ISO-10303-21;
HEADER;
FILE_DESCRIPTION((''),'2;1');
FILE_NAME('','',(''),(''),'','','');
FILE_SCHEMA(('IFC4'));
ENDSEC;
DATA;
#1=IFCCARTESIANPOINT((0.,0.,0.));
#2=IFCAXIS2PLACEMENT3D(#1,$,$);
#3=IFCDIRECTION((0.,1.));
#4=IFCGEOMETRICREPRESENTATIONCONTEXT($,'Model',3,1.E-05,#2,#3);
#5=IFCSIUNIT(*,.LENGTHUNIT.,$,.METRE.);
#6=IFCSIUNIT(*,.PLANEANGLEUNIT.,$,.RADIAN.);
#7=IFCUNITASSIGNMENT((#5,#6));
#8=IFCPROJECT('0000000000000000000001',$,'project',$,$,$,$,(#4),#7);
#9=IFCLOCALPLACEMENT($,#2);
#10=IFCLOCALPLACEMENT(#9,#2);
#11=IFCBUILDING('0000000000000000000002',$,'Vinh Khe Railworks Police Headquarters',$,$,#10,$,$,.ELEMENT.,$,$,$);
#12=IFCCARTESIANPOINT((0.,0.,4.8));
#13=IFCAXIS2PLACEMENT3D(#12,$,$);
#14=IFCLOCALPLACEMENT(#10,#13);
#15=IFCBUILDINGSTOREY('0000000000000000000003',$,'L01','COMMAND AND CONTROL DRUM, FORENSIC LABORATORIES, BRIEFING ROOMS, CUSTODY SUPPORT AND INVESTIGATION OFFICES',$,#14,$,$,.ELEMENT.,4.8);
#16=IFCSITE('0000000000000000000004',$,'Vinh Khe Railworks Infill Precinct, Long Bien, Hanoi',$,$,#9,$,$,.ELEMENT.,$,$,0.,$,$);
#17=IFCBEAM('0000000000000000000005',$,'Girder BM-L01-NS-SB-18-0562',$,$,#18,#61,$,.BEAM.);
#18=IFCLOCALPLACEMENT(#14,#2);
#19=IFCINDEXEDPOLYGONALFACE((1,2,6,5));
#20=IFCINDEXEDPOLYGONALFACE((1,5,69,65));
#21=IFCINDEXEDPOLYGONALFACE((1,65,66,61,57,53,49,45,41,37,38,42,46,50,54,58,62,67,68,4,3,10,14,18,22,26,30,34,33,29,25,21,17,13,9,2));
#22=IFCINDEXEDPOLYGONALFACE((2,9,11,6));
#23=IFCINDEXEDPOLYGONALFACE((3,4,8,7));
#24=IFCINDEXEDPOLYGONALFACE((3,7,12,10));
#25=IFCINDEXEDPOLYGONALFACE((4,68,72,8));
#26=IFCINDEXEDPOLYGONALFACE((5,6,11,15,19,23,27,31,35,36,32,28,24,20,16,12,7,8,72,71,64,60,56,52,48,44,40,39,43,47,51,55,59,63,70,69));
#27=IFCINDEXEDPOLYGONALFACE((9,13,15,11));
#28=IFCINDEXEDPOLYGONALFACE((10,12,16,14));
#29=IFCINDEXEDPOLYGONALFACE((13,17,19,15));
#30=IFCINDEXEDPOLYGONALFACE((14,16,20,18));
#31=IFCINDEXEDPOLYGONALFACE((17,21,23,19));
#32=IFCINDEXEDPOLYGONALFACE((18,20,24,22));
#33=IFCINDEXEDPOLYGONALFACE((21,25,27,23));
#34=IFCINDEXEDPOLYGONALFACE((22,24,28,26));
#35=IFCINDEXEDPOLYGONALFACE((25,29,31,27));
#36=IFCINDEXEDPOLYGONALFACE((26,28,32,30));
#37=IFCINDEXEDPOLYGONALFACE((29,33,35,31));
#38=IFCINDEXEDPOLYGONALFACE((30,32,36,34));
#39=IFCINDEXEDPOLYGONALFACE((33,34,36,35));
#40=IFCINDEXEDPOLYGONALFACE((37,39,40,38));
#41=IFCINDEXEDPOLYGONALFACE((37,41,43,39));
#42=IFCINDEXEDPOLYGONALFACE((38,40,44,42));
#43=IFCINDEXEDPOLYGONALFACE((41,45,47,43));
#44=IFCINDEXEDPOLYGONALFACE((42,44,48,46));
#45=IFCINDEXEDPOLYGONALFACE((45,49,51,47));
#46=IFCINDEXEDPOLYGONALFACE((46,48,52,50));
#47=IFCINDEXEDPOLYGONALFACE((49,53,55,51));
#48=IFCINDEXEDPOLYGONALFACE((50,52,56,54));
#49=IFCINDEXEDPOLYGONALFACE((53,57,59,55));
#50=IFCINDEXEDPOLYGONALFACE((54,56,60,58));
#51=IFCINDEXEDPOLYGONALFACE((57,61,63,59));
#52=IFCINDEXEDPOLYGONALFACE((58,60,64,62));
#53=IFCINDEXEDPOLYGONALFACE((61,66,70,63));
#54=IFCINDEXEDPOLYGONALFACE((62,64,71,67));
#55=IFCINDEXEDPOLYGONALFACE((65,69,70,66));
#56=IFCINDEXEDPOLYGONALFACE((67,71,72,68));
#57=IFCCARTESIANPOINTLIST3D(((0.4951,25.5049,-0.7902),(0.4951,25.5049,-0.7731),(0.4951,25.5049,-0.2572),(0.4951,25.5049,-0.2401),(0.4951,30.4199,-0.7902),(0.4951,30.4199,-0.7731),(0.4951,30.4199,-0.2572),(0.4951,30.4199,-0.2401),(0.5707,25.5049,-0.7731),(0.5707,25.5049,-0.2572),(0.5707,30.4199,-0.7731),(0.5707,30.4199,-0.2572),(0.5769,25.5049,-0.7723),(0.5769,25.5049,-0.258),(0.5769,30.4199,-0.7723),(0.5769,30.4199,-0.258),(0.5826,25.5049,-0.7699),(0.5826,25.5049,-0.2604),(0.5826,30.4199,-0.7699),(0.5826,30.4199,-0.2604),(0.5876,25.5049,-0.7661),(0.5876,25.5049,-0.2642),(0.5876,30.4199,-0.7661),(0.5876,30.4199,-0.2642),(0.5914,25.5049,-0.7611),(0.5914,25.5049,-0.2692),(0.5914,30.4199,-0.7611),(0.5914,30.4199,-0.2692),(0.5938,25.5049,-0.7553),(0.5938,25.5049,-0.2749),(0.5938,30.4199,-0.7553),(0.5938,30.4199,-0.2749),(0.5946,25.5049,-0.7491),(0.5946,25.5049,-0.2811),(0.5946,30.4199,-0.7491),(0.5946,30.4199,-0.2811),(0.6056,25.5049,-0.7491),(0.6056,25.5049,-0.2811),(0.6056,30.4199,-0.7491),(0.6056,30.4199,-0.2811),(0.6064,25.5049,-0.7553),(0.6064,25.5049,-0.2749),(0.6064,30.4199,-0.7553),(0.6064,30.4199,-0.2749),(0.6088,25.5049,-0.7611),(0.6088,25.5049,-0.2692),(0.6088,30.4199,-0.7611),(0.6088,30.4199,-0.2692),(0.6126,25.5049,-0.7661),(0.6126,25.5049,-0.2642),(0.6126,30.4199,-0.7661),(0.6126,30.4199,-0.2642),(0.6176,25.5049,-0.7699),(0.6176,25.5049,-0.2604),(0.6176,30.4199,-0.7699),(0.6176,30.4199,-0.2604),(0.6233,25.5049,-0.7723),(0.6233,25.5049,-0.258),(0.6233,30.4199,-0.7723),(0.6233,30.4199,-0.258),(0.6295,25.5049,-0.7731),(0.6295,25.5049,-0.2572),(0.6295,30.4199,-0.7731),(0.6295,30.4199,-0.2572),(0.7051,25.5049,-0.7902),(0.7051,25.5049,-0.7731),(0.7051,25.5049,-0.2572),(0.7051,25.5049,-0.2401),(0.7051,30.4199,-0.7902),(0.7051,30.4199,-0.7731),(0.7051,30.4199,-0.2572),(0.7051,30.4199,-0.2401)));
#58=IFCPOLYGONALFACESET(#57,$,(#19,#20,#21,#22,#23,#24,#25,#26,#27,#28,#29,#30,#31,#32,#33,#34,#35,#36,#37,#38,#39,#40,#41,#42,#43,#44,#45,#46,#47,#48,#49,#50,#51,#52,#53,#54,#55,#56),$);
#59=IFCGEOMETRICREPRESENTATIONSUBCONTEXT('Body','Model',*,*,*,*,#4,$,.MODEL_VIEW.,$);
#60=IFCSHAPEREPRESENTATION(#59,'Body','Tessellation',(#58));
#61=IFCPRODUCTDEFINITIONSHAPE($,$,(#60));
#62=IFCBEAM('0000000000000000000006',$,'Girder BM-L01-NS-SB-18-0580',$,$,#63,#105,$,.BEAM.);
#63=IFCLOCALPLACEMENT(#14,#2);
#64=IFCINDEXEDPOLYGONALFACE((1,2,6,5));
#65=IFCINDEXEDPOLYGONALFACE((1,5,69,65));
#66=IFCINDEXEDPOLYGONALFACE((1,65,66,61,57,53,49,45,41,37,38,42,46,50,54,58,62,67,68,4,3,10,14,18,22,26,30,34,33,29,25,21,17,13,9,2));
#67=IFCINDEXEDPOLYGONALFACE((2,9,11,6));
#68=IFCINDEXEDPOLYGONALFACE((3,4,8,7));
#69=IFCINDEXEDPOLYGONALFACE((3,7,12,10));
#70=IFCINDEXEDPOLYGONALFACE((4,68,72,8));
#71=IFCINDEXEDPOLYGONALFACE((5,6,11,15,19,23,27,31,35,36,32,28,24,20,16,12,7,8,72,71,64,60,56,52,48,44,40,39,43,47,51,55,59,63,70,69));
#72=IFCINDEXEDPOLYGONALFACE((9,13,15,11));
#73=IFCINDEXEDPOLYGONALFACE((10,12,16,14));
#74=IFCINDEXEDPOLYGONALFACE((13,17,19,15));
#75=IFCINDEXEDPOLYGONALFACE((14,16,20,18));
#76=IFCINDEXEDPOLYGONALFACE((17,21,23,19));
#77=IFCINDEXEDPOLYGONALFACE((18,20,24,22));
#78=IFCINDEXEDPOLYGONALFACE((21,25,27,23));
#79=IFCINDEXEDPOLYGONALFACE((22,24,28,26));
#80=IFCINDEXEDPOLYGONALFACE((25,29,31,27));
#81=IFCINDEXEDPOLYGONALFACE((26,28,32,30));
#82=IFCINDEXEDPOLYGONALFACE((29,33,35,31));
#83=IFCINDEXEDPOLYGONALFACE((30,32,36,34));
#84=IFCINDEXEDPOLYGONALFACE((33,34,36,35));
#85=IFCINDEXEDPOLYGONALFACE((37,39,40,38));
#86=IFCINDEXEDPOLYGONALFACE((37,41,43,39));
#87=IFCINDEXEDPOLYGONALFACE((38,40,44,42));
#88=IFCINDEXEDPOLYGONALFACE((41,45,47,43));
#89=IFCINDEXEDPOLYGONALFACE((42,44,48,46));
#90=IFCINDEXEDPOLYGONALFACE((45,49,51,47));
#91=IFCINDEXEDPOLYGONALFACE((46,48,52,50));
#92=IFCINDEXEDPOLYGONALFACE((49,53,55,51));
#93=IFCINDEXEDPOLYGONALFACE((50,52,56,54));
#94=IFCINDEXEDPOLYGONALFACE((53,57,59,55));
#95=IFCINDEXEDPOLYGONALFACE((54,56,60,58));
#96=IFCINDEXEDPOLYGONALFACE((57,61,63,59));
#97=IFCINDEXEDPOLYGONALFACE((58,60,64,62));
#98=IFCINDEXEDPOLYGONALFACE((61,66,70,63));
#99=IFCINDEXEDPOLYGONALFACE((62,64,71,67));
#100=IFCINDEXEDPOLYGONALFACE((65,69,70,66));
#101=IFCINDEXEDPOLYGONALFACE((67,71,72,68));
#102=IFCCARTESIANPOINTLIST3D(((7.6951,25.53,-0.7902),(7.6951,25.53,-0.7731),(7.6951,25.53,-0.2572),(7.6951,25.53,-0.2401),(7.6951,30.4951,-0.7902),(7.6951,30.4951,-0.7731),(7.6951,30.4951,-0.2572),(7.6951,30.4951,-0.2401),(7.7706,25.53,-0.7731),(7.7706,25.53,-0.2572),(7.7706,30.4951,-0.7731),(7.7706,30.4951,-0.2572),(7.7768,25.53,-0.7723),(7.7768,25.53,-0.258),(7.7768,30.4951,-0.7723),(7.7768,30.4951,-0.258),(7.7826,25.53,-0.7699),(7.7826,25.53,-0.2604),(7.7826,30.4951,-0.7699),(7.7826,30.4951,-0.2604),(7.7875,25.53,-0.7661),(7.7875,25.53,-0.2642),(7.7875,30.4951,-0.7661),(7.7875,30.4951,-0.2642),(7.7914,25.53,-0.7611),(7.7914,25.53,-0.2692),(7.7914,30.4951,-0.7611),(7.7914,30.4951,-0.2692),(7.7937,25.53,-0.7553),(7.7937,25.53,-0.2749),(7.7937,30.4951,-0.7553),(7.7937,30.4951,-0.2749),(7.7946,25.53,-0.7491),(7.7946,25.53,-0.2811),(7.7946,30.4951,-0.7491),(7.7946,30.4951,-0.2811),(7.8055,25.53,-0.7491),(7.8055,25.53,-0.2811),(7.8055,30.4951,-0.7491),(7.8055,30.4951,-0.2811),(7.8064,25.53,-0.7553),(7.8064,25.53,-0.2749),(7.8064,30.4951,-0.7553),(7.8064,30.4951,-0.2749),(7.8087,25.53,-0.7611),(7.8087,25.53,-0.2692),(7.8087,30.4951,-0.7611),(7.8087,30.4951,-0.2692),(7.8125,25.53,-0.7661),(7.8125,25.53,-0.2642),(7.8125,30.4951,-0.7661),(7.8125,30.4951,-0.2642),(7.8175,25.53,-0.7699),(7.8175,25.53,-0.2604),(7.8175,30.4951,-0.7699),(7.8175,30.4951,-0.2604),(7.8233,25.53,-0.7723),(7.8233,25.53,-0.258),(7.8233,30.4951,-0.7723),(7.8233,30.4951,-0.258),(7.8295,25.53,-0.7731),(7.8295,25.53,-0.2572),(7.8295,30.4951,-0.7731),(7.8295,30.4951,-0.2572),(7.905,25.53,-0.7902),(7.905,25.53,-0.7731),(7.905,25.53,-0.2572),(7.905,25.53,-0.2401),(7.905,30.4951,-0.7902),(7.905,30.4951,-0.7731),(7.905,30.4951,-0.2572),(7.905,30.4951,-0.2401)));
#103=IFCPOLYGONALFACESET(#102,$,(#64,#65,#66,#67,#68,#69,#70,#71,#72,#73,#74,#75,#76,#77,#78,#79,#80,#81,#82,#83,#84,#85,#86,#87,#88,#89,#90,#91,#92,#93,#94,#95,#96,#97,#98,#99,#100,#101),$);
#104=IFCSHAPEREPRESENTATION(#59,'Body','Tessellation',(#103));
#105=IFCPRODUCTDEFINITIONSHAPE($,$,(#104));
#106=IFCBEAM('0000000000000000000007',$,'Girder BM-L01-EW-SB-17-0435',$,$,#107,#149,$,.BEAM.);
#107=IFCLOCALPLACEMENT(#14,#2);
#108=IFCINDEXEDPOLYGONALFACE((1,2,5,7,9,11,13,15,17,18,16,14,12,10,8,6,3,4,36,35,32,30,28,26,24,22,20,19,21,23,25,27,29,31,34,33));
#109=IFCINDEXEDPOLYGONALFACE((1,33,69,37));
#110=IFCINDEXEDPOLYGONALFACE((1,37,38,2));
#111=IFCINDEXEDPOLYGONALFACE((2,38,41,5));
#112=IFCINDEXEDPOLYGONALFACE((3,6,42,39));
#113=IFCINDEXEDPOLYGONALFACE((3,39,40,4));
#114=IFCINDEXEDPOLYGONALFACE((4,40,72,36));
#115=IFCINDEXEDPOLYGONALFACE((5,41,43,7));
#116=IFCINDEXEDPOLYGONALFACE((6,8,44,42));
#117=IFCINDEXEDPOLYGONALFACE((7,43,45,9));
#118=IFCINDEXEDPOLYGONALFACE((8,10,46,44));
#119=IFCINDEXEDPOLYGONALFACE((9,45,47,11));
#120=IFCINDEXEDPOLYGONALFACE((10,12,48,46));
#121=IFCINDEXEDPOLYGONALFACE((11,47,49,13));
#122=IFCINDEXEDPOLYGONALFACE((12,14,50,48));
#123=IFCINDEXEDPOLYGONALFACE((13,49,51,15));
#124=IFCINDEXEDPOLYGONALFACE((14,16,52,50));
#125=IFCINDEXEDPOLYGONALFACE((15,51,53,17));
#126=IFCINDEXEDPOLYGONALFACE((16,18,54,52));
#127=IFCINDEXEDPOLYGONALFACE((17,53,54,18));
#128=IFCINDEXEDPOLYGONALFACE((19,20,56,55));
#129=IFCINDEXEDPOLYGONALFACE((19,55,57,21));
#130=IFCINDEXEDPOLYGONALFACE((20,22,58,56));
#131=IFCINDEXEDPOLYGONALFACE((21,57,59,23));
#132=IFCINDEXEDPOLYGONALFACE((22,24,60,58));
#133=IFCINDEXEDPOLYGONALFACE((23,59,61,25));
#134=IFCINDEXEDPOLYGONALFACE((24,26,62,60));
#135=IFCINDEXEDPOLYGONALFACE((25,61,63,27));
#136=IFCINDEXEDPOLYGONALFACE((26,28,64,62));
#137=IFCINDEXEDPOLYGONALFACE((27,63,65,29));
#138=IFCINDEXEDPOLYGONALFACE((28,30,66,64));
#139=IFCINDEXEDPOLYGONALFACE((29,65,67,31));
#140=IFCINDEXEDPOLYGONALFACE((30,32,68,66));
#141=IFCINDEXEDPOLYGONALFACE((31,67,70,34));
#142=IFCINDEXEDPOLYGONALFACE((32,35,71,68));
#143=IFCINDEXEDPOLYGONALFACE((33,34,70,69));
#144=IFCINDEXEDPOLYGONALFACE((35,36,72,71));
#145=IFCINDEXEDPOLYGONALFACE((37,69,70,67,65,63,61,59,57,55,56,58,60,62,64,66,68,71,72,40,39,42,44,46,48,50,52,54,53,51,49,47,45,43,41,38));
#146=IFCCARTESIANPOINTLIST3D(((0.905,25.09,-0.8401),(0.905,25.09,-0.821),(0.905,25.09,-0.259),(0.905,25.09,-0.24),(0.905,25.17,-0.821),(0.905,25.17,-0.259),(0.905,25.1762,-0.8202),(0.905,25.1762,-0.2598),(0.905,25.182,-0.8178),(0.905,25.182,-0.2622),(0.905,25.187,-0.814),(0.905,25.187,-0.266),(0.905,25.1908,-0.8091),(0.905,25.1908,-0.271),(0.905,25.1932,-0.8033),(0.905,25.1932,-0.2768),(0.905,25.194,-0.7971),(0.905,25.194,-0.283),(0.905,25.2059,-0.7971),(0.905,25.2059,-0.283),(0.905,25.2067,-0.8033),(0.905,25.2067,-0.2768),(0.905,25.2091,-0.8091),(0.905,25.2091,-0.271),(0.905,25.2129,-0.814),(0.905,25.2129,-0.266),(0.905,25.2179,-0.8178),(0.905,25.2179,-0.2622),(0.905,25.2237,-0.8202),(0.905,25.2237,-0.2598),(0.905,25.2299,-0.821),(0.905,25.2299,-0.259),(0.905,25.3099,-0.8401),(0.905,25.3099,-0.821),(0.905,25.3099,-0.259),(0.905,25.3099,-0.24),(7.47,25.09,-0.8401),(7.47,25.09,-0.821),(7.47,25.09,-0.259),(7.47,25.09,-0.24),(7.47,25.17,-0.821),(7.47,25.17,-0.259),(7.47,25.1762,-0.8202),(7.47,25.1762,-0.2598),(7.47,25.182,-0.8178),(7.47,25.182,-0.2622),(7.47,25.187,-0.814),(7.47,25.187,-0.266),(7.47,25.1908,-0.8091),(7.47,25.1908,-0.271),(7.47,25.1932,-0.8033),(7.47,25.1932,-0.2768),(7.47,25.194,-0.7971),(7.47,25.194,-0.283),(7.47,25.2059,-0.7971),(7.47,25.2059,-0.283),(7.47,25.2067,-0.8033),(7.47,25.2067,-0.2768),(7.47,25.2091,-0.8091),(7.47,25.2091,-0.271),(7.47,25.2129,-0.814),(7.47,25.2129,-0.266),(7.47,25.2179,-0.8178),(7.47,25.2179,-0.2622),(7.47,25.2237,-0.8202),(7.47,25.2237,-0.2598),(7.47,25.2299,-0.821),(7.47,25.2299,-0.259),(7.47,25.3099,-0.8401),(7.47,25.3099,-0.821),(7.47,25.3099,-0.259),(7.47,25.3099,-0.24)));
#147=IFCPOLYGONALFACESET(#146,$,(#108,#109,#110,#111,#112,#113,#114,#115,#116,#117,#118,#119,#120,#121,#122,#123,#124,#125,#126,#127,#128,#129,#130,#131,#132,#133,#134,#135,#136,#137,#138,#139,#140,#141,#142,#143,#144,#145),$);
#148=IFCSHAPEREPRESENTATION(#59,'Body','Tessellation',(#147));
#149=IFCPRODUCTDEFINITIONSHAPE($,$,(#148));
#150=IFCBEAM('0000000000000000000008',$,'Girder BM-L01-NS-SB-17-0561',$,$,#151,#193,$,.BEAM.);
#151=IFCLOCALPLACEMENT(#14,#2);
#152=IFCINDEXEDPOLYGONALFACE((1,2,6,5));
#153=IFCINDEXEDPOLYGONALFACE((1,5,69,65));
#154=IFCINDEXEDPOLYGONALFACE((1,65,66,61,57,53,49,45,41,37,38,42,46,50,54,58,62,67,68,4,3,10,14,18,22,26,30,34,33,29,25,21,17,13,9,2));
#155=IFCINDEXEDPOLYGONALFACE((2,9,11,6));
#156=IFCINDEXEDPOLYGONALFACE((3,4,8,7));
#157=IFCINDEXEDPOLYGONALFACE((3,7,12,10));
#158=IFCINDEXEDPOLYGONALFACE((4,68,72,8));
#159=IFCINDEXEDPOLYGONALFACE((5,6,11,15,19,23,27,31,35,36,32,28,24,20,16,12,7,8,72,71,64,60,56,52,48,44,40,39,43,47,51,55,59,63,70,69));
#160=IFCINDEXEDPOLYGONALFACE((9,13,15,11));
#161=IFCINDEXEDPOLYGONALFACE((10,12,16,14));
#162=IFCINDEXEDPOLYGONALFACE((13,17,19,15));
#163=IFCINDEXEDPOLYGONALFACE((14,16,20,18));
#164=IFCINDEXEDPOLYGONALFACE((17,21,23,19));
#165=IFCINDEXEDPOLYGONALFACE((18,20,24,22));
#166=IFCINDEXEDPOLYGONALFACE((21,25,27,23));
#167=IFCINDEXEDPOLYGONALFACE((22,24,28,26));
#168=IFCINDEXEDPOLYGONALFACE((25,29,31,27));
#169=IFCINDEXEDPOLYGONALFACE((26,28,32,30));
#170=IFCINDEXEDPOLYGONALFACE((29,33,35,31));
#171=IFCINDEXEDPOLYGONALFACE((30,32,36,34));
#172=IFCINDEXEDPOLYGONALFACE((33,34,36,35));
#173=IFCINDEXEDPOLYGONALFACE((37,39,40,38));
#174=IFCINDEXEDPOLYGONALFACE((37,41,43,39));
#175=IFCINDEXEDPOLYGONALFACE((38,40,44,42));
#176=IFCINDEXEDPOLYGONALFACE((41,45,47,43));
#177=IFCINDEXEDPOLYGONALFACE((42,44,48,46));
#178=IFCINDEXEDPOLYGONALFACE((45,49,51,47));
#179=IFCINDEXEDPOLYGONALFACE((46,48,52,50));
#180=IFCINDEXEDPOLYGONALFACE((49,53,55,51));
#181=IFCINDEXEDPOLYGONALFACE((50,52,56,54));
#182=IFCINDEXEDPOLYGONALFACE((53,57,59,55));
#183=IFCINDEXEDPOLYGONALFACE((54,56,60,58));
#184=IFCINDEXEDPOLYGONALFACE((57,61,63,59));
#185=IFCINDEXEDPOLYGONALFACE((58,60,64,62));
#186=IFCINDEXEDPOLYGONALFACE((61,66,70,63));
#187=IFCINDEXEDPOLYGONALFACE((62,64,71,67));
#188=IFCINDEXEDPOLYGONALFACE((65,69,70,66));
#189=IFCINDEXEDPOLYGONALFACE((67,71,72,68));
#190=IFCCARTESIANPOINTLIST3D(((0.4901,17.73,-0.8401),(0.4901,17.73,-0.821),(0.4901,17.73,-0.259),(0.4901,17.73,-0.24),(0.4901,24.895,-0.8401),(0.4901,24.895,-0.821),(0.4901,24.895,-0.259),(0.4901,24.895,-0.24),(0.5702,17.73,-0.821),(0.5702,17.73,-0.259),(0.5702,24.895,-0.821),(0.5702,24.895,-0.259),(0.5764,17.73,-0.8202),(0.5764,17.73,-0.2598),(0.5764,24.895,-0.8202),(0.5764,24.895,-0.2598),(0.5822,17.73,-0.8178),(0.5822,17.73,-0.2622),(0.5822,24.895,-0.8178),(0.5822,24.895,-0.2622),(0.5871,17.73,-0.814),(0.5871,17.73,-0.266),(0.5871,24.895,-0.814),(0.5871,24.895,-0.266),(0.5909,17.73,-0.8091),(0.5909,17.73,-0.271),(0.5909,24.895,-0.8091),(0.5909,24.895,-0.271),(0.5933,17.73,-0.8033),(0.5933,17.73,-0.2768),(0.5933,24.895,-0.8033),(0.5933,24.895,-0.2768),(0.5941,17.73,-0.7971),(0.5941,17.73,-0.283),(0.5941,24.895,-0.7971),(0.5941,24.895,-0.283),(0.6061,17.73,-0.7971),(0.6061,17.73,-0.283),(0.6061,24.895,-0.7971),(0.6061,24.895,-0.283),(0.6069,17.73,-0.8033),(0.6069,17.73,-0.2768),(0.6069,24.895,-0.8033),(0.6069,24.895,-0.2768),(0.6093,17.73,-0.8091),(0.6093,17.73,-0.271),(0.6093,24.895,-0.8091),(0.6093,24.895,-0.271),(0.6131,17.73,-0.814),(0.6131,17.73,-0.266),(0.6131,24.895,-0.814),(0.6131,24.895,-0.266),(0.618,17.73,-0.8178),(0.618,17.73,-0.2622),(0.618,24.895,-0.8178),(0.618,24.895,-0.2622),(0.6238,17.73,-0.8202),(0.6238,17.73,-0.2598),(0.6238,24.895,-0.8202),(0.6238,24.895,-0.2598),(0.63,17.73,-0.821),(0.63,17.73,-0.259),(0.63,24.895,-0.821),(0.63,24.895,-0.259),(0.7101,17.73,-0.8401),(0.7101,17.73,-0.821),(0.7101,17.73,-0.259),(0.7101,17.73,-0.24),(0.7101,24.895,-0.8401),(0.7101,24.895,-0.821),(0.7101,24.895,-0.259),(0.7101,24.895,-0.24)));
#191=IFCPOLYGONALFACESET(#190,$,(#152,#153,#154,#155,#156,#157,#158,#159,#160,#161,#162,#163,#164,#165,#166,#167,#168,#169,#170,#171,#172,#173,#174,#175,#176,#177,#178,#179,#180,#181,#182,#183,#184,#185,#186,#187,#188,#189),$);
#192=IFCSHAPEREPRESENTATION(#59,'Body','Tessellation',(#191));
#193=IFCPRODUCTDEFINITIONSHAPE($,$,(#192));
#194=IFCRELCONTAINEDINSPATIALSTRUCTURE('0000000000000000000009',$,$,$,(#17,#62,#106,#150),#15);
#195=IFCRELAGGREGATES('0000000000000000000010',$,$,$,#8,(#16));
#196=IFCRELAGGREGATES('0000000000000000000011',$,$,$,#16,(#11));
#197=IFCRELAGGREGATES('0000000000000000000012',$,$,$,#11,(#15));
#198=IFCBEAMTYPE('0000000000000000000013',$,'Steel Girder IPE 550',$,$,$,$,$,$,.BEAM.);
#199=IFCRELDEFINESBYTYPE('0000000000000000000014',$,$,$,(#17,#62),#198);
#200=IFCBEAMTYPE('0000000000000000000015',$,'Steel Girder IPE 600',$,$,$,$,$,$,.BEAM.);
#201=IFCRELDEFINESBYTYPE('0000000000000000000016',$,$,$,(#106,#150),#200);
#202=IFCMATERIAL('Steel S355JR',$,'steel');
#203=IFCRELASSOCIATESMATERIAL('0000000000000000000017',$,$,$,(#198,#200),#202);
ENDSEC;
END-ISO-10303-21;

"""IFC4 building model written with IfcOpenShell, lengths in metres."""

from ifc_helpers import new_model, si_unit, direction, frame, origin, origin_2d, place, context, subcontext, project, spatial, i_section, extrude, material, material_profile, profile_set, type_object, element, save


model = new_model("IFC4")

# Units and contexts
model_context = context("Model", 3, precision=1e-05, world=origin(), true_north=direction((0.0, 1.0)))
body_context = subcontext(model_context, "Body", "Model", "MODEL_VIEW")
ifc_project = project(units=[si_unit("LENGTHUNIT", "METRE"), si_unit("PLANEANGLEUNIT", "RADIAN")], contexts=[model_context])

# Site, building, storey
site_placement = place(None, origin())
site = spatial("IfcSite", under=ifc_project, at=site_placement, Name="Vinh Khe Railworks Infill Precinct, Long Bien, Hanoi", CompositionType="ELEMENT", RefElevation=0.0)
building_placement = place(site_placement, origin())
building = spatial("IfcBuilding", under=site, at=building_placement, Name="Vinh Khe Railworks Police Headquarters", CompositionType="ELEMENT")
storey_placement = place(building_placement, frame((0.0, 0.0, 4.8)))
storey = spatial("IfcBuildingStorey", under=building, at=storey_placement, Name="L01", Description="COMMAND AND CONTROL DRUM, FORENSIC LABORATORIES, BRIEFING ROOMS, CUSTODY SUPPORT AND INVESTIGATION OFFICES", CompositionType="ELEMENT", Elevation=4.8)

# Shared definitions
ifc_material_1 = material(Name="Steel S355JR", Category="steel")

# Beams
ifc_material_profile_1 = material_profile(ifc_material_1, i_section(OverallWidth=0.21, OverallDepth=0.55, WebThickness=0.011, FlangeThickness=0.0171, FilletRadius=0.0239, at=origin_2d()), Name="IPE 550")
ifc_profile_set_1 = profile_set([ifc_material_profile_1], Name="Steel S355JR")
beam_type_1 = type_object("IfcBeamType", Name="Steel Girder IPE 550", PredefinedType="BEAM", material=ifc_profile_set_1)
beam_1_placement = place(storey_placement, frame((0.6001, 25.5049, -0.5151), z_axis=(0.0, 1.0, 0.0), x_axis=(-1.0, 0.0, 0.0)))
element("IfcBeam", 1, at=beam_1_placement, inside=storey, type_object=beam_type_1, Name="Girder BM-L01-NS-SB-18-0562", PredefinedType="BEAM", context=body_context, shape_type="SweptSolid", body=[
    extrude(i_section(OverallWidth=0.21, OverallDepth=0.55, WebThickness=0.011, FlangeThickness=0.0171, FilletRadius=0.0239, at=origin_2d()), origin(), (0.0, 0.0, 1.0), 4.915),
])
beam_2_placement = place(storey_placement, frame((7.8, 25.53, -0.5151), z_axis=(0.0, 1.0, 0.0), x_axis=(-1.0, 0.0, 0.0)))
element("IfcBeam", 2, at=beam_2_placement, inside=storey, type_object=beam_type_1, Name="Girder BM-L01-NS-SB-18-0580", PredefinedType="BEAM", context=body_context, shape_type="SweptSolid", body=[
    extrude(i_section(OverallWidth=0.21, OverallDepth=0.55, WebThickness=0.011, FlangeThickness=0.0171, FilletRadius=0.0239, at=origin_2d()), origin(), (0.0, 0.0, 1.0), 4.9651),
])
ifc_material_profile_2 = material_profile(ifc_material_1, i_section(OverallWidth=0.22, OverallDepth=0.6001, WebThickness=0.012, FlangeThickness=0.019, FilletRadius=0.0239, at=origin_2d()), Name="IPE 600")
ifc_profile_set_2 = profile_set([ifc_material_profile_2], Name="Steel S355JR")
beam_type_2 = type_object("IfcBeamType", Name="Steel Girder IPE 600", PredefinedType="BEAM", material=ifc_profile_set_2)
beam_3_placement = place(storey_placement, frame((0.905, 25.2, -0.54), z_axis=(1.0, 0.0, 0.0), x_axis=(0.0, 1.0, 0.0)))
element("IfcBeam", 3, at=beam_3_placement, inside=storey, type_object=beam_type_2, Name="Girder BM-L01-EW-SB-17-0435", PredefinedType="BEAM", context=body_context, shape_type="SweptSolid", body=[
    extrude(i_section(OverallWidth=0.22, OverallDepth=0.6001, WebThickness=0.012, FlangeThickness=0.019, FilletRadius=0.0239, at=origin_2d()), origin(), (0.0, 0.0, 1.0), 6.5649),
])
beam_4_placement = place(storey_placement, frame((0.6001, 17.73, -0.54), z_axis=(0.0, 1.0, 0.0), x_axis=(-1.0, 0.0, 0.0)))
element("IfcBeam", 4, at=beam_4_placement, inside=storey, type_object=beam_type_2, Name="Girder BM-L01-NS-SB-17-0561", PredefinedType="BEAM", context=body_context, shape_type="SweptSolid", body=[
    extrude(i_section(OverallWidth=0.22, OverallDepth=0.6001, WebThickness=0.012, FlangeThickness=0.019, FilletRadius=0.0239, at=origin_2d()), origin(), (0.0, 0.0, 1.0), 7.165),
])

save(model, "model.ifc")
